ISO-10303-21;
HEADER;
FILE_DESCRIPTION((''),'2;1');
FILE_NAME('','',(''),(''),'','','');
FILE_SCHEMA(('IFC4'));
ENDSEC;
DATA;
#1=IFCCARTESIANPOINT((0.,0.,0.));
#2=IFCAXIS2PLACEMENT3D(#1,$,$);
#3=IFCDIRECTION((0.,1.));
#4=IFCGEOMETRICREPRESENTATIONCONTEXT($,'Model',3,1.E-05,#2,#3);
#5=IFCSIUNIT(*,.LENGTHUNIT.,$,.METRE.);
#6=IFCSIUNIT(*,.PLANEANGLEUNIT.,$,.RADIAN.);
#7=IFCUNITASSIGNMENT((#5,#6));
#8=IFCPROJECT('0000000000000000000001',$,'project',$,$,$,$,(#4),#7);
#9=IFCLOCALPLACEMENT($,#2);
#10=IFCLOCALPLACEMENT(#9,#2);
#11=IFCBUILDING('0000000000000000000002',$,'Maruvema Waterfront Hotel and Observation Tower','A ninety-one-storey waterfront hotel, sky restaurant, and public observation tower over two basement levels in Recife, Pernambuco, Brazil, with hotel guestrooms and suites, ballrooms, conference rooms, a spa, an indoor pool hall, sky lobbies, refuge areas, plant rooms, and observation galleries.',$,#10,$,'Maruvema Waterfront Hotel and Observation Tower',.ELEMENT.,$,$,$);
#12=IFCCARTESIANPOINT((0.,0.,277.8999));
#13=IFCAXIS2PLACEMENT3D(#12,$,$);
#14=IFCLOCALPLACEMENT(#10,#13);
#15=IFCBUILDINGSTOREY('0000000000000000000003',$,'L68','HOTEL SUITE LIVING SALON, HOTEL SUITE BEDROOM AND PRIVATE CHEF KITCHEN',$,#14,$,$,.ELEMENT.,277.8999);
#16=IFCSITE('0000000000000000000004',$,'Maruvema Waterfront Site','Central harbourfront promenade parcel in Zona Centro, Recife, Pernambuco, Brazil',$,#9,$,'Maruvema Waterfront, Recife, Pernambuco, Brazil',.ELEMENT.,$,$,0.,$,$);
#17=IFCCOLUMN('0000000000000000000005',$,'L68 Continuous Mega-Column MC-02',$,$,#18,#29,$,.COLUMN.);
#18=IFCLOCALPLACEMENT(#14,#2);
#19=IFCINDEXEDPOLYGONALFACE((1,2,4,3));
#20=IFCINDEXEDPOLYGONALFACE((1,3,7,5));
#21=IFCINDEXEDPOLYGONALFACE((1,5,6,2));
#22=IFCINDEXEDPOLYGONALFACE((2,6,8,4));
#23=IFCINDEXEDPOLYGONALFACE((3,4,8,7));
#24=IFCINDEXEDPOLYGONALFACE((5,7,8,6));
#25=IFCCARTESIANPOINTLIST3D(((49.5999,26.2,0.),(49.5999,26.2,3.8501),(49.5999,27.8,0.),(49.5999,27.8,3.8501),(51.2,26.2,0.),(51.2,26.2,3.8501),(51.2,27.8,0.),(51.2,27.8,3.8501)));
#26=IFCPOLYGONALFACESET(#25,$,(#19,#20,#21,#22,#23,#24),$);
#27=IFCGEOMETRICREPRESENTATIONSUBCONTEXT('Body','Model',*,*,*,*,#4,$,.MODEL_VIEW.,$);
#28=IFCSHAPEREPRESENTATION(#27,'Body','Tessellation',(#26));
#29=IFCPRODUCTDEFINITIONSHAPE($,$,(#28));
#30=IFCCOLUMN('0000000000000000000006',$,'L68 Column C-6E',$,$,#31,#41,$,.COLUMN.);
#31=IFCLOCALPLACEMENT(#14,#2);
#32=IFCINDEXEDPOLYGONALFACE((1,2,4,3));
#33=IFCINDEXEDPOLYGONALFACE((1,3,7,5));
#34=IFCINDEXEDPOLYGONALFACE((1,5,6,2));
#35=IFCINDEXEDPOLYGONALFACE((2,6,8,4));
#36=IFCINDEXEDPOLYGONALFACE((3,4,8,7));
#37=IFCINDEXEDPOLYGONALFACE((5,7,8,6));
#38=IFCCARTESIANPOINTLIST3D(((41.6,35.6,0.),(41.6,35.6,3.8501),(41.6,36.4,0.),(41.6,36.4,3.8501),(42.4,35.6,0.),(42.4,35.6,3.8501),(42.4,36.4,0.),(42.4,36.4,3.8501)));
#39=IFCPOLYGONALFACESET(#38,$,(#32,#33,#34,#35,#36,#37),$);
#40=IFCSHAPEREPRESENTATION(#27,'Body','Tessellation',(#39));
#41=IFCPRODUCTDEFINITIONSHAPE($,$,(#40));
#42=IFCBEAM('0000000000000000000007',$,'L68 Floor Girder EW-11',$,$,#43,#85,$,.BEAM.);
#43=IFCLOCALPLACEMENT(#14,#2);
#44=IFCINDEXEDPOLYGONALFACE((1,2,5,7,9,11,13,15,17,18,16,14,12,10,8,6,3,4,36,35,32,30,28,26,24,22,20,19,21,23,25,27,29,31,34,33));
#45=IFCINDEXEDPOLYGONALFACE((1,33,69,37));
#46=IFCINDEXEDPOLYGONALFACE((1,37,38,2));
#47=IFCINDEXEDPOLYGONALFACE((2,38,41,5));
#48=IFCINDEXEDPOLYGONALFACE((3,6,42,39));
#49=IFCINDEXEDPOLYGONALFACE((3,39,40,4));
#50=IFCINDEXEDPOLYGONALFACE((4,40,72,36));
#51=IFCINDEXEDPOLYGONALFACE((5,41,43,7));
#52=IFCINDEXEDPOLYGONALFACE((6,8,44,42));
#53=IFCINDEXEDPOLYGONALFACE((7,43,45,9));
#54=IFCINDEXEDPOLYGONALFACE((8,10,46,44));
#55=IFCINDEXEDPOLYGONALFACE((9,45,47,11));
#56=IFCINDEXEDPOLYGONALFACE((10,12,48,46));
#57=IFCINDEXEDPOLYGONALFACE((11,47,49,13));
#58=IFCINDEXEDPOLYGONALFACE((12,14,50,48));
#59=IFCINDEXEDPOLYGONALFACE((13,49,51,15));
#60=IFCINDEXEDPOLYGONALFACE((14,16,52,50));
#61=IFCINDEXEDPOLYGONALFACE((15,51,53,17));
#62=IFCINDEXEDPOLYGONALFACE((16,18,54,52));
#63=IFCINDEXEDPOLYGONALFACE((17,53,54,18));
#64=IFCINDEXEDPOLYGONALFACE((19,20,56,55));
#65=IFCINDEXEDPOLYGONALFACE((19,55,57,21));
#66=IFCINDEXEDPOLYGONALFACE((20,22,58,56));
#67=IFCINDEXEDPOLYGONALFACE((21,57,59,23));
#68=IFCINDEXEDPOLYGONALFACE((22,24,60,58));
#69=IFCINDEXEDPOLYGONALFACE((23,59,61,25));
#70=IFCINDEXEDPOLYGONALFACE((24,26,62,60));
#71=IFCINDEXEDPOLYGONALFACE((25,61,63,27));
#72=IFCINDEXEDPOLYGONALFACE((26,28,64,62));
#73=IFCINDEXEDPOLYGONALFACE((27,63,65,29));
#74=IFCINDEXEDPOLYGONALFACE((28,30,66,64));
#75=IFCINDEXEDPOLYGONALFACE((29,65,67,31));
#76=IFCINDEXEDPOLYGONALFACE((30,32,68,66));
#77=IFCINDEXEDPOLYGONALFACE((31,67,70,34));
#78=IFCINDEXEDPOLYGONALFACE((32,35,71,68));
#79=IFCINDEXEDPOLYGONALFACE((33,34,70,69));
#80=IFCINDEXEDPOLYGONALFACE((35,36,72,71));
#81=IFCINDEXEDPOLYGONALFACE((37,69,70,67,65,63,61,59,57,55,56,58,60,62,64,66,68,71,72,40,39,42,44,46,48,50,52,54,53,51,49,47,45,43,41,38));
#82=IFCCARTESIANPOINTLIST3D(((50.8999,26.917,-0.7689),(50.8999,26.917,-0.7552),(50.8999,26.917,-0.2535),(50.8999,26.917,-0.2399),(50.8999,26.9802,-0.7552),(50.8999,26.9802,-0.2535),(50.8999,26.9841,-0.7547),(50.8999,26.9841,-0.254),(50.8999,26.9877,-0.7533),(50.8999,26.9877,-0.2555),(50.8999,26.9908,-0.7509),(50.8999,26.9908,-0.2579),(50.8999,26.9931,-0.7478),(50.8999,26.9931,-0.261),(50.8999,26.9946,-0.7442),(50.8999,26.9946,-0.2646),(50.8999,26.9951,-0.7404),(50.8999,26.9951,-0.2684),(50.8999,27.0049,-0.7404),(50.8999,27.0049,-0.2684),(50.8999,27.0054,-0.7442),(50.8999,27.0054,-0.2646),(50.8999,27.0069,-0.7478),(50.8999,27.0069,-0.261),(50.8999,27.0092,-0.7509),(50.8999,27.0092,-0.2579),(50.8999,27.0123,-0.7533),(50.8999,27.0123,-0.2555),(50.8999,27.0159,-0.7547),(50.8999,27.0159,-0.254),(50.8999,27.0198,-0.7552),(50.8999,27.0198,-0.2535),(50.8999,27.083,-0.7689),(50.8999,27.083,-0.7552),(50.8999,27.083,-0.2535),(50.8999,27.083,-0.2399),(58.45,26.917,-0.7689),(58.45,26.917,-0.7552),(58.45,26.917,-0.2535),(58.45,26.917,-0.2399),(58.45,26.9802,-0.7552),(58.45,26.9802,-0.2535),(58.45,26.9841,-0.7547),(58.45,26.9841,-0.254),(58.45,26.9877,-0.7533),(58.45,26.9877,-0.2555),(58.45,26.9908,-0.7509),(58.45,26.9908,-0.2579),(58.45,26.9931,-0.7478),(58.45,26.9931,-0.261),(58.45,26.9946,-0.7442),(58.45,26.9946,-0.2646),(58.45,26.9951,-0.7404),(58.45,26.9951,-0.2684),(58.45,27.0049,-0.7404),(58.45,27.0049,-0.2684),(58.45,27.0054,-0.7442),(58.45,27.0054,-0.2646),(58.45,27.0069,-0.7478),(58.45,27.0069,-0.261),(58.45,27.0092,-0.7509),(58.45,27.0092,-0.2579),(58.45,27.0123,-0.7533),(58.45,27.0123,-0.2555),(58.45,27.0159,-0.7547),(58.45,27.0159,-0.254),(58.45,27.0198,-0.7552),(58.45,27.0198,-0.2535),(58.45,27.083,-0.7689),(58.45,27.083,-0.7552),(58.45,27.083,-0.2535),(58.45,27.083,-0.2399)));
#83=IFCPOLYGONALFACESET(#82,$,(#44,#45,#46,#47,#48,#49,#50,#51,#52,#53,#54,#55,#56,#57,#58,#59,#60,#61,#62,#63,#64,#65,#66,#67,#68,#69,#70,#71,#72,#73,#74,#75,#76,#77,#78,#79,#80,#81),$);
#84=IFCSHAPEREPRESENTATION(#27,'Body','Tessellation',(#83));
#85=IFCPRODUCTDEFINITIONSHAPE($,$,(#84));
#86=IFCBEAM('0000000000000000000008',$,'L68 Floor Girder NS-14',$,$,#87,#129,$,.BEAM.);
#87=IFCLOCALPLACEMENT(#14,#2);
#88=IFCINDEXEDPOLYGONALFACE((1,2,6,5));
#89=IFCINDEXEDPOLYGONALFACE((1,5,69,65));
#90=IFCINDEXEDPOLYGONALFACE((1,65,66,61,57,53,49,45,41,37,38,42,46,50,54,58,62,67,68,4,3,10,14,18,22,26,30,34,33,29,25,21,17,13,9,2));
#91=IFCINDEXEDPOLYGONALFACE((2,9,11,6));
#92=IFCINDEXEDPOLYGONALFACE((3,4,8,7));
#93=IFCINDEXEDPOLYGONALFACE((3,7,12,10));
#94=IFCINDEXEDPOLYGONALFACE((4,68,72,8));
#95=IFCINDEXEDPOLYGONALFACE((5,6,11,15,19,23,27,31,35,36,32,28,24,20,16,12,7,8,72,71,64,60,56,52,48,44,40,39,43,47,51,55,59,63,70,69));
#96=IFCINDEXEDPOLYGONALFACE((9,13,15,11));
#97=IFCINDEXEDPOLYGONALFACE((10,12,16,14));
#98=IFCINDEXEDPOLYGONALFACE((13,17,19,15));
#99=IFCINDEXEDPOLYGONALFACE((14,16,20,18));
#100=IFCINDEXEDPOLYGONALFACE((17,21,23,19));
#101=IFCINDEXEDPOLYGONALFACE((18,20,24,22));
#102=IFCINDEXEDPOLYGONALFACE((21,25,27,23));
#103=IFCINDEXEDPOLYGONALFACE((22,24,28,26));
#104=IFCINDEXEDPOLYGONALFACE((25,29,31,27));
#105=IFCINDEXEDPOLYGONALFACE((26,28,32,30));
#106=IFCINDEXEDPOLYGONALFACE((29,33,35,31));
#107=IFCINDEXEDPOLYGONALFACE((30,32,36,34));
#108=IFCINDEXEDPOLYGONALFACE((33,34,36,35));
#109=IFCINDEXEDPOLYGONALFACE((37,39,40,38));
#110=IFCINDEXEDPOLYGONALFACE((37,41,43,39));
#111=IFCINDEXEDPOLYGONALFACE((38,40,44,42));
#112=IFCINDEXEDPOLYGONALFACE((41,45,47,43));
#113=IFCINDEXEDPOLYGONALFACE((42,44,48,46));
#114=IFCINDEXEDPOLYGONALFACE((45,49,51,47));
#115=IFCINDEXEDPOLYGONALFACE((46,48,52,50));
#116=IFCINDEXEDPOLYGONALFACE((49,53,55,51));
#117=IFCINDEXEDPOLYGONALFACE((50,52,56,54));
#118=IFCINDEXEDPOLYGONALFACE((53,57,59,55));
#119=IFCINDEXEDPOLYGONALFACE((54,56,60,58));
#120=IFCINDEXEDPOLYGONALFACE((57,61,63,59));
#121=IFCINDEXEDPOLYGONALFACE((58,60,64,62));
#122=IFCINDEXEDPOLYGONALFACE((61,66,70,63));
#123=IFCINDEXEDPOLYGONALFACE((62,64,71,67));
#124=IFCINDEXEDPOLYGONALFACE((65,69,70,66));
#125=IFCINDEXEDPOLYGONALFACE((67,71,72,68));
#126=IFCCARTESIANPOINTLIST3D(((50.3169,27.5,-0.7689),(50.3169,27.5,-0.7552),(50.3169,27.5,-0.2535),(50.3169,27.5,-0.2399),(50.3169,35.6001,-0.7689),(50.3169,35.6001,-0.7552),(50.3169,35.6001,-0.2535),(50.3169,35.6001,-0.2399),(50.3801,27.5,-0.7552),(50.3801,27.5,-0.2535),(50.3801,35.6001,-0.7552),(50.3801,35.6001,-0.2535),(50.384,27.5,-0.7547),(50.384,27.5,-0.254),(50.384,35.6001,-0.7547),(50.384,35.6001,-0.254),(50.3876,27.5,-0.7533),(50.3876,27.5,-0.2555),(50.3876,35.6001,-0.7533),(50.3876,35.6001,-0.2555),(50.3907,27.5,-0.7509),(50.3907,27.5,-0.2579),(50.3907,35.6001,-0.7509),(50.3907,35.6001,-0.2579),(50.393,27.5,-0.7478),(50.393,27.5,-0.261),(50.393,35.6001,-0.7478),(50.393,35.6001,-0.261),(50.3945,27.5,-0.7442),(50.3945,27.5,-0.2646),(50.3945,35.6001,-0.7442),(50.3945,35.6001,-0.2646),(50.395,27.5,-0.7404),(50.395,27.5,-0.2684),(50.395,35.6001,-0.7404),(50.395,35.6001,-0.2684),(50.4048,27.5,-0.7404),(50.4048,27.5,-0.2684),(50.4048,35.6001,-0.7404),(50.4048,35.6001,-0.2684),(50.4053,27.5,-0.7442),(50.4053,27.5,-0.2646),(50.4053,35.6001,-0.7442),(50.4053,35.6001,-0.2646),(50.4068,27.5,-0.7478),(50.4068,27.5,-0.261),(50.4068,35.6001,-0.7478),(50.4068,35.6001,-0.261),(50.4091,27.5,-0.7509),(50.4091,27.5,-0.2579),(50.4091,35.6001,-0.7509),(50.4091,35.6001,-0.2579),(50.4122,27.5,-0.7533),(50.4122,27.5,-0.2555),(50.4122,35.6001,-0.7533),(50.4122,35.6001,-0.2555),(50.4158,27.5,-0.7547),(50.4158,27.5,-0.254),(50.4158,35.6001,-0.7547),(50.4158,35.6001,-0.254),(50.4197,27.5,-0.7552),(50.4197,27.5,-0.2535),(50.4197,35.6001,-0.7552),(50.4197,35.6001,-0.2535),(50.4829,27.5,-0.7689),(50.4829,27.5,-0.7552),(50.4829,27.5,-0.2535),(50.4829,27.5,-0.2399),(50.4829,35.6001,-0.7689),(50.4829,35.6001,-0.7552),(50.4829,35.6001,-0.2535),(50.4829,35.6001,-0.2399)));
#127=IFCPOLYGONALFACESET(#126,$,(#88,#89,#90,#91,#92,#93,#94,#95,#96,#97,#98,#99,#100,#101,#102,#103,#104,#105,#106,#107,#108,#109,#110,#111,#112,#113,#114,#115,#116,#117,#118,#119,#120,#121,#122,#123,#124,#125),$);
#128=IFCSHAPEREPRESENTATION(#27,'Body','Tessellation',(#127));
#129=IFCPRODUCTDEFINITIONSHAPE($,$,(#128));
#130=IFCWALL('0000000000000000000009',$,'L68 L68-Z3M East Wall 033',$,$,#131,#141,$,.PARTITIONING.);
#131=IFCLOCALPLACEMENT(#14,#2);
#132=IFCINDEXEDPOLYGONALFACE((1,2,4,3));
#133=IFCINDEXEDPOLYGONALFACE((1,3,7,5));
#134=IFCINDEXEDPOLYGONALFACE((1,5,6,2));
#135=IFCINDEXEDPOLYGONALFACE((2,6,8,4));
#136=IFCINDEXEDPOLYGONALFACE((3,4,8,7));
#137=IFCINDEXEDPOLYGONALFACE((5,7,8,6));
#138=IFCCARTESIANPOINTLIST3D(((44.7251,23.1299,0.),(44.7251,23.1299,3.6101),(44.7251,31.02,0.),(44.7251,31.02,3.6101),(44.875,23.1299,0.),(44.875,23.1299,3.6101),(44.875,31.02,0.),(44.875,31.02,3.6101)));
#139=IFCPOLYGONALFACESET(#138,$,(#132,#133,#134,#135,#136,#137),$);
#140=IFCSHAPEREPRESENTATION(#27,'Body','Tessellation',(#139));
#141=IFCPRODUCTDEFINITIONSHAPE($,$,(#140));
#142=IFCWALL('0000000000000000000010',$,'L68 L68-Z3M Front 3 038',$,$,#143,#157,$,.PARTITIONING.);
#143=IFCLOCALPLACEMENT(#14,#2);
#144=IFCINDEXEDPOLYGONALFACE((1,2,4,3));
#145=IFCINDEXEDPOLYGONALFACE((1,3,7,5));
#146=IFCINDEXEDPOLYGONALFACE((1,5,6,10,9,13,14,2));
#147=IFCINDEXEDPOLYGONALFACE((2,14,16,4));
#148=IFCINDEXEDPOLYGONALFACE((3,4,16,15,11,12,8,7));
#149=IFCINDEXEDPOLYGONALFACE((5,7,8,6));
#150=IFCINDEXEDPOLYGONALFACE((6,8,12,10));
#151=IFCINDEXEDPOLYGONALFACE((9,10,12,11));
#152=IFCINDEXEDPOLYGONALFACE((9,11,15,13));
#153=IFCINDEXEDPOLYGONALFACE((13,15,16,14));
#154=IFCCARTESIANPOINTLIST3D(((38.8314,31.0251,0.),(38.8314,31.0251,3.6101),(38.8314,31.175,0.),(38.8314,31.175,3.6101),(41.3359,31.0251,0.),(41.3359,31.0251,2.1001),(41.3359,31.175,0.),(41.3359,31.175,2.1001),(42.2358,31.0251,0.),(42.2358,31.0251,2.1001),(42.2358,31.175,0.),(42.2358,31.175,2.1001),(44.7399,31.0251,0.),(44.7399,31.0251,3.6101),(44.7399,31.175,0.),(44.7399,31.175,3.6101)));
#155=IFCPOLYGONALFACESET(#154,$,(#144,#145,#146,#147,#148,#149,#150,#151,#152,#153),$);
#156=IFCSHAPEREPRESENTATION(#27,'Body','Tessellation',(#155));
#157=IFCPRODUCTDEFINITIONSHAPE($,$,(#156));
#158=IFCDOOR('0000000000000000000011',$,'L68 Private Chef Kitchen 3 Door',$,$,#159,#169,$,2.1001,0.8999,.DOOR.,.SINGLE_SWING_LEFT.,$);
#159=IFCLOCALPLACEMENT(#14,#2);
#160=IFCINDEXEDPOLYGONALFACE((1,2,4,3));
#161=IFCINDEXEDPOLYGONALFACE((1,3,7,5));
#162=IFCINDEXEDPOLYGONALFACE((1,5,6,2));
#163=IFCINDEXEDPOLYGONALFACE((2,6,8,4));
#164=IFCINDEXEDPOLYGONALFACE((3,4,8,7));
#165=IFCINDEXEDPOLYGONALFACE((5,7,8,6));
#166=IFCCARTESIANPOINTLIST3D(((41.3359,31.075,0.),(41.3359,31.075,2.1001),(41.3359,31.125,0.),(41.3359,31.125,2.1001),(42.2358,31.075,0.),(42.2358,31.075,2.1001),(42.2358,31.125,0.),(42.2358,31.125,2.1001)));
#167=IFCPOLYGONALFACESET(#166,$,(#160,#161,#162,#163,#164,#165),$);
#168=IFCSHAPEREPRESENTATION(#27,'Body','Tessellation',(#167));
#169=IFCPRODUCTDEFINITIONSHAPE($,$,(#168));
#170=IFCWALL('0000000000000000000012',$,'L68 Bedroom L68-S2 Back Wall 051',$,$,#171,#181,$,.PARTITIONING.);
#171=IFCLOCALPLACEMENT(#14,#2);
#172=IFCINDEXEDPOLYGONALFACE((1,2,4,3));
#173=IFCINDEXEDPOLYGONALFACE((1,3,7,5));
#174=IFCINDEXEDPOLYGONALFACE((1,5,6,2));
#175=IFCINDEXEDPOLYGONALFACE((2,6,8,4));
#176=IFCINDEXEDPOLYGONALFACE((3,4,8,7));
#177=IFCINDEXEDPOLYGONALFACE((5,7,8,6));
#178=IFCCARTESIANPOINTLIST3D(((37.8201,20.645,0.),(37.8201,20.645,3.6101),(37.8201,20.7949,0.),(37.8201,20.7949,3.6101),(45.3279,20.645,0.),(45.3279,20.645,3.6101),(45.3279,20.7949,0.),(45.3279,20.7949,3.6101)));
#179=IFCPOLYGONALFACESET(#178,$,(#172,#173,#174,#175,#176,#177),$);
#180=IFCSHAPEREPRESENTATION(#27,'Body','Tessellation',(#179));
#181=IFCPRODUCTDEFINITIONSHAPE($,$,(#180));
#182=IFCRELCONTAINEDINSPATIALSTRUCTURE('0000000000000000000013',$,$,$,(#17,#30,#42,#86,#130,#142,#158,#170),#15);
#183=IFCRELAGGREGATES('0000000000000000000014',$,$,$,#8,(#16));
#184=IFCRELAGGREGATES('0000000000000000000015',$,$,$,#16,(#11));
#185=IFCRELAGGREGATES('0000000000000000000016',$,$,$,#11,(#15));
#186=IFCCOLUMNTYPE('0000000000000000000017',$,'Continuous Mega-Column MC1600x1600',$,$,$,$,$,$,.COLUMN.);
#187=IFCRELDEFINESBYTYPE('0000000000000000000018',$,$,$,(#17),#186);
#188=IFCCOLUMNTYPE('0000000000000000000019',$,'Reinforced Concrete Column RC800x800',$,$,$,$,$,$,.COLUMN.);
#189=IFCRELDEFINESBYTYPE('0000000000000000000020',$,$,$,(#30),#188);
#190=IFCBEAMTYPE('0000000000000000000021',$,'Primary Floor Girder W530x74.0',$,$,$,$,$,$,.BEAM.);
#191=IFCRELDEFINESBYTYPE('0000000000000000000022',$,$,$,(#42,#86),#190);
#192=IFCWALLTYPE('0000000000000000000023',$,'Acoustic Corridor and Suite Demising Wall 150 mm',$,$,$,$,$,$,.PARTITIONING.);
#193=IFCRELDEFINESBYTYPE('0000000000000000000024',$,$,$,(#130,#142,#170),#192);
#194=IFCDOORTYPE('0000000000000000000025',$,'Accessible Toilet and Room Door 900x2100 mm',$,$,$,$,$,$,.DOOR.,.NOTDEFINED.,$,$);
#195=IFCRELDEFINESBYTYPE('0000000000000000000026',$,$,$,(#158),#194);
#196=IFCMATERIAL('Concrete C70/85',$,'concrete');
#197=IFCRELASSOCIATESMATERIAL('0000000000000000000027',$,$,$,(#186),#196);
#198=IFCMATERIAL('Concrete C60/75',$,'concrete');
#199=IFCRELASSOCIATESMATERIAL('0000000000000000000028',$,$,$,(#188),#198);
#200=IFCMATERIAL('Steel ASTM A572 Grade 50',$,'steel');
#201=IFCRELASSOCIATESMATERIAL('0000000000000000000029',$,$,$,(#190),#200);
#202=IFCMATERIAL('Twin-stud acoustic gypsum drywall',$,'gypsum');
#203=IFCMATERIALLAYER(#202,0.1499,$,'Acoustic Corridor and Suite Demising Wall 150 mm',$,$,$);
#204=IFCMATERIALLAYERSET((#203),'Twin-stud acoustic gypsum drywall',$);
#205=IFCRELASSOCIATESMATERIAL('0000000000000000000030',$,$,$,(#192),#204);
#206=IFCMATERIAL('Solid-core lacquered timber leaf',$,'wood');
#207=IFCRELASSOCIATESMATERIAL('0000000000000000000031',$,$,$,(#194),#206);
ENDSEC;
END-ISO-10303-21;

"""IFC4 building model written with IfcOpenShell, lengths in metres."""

from ifc_helpers import new_model, si_unit, direction, frame, frame_2d, origin, origin_2d, place, context, subcontext, project, spatial, rectangle, i_section, extrude, material, layer, layer_set, material_profile, profile_set, type_object, element, fill, save


model = new_model("IFC4")

# Units and contexts
model_context = context("Model", 3, precision=1e-05, world=origin(), true_north=direction((0.0, 1.0)))
body_context = subcontext(model_context, "Body", "Model", "MODEL_VIEW")
ifc_project = project(units=[si_unit("LENGTHUNIT", "METRE"), si_unit("PLANEANGLEUNIT", "RADIAN")], contexts=[model_context])

# Site, building, storey
site_placement = place(None, origin())
site = spatial("IfcSite", under=ifc_project, at=site_placement, Name="Maruvema Waterfront Site", Description="Central harbourfront promenade parcel in Zona Centro, Recife, Pernambuco, Brazil", LongName="Maruvema Waterfront, Recife, Pernambuco, Brazil", CompositionType="ELEMENT", RefElevation=0.0)
building_placement = place(site_placement, origin())
building = spatial("IfcBuilding", under=site, at=building_placement, Name="Maruvema Waterfront Hotel and Observation Tower", Description="A ninety-one-storey waterfront hotel, sky restaurant, and public observation tower over two basement levels in Recife, Pernambuco, Brazil, with hotel guestrooms and suites, ballrooms, conference rooms, a spa, an indoor pool hall, sky lobbies, refuge areas, plant rooms, and observation galleries.", LongName="Maruvema Waterfront Hotel and Observation Tower", CompositionType="ELEMENT")
storey_placement = place(building_placement, frame((0.0, 0.0, 277.8999)))
storey = spatial("IfcBuildingStorey", under=building, at=storey_placement, Name="L68", Description="HOTEL SUITE LIVING SALON, HOTEL SUITE BEDROOM AND PRIVATE CHEF KITCHEN", CompositionType="ELEMENT", Elevation=277.8999)

# Columns
ifc_material_1 = material(Name="Concrete C70/85", Category="concrete")
ifc_material_profile_1 = material_profile(ifc_material_1, rectangle(XDim=1.6001, YDim=1.6001, at=origin_2d()), Name="MC1600x1600")
ifc_profile_set_1 = profile_set([ifc_material_profile_1], Name="Concrete C70/85")
column_type_1 = type_object("IfcColumnType", Name="Continuous Mega-Column MC1600x1600", PredefinedType="COLUMN", material=ifc_profile_set_1)
column_1_placement = place(storey_placement, frame((50.3999, 27.0, 0.0), z_axis=(0.0, 0.0, 1.0), x_axis=(1.0, 0.0, 0.0)))
element("IfcColumn", 1, at=column_1_placement, inside=storey, type_object=column_type_1, Name="L68 Continuous Mega-Column MC-02", PredefinedType="COLUMN", context=body_context, shape_type="SweptSolid", body=[
    extrude(rectangle(XDim=1.6001, YDim=1.6001, at=origin_2d()), origin(), (0.0, 0.0, 1.0), 3.8501),
])
ifc_material_2 = material(Name="Concrete C60/75", Category="concrete")
ifc_material_profile_2 = material_profile(ifc_material_2, rectangle(XDim=0.8, YDim=0.8, at=origin_2d()), Name="RC800x800")
ifc_profile_set_2 = profile_set([ifc_material_profile_2], Name="Concrete C60/75")
column_type_2 = type_object("IfcColumnType", Name="Reinforced Concrete Column RC800x800", PredefinedType="COLUMN", material=ifc_profile_set_2)
column_2_placement = place(storey_placement, frame((42.0, 36.0, 0.0), z_axis=(0.0, 0.0, 1.0), x_axis=(1.0, 0.0, 0.0)))
element("IfcColumn", 2, at=column_2_placement, inside=storey, type_object=column_type_2, Name="L68 Column C-6E", PredefinedType="COLUMN", context=body_context, shape_type="SweptSolid", body=[
    extrude(rectangle(XDim=0.8, YDim=0.8, at=origin_2d()), origin(), (0.0, 0.0, 1.0), 3.8501),
])

# Beams
ifc_material_3 = material(Name="Steel ASTM A572 Grade 50", Category="steel")
ifc_material_profile_3 = material_profile(ifc_material_3, i_section(OverallWidth=0.166, OverallDepth=0.5291, WebThickness=0.0098, FlangeThickness=0.0137, FilletRadius=0.0149, at=origin_2d()), Name="W530x74.0")
ifc_profile_set_3 = profile_set([ifc_material_profile_3], Name="Steel ASTM A572 Grade 50")
beam_type = type_object("IfcBeamType", Name="Primary Floor Girder W530x74.0", PredefinedType="BEAM", material=ifc_profile_set_3)
beam_1_placement = place(storey_placement, frame((50.8999, 27.0, -0.5044), z_axis=(1.0, 0.0, 0.0), x_axis=(0.0, 1.0, 0.0)))
element("IfcBeam", 3, at=beam_1_placement, inside=storey, type_object=beam_type, Name="L68 Floor Girder EW-11", PredefinedType="BEAM", context=body_context, shape_type="SweptSolid", body=[
    extrude(i_section(OverallWidth=0.166, OverallDepth=0.5291, WebThickness=0.0098, FlangeThickness=0.0137, FilletRadius=0.0149, at=origin_2d()), origin(), (0.0, 0.0, 1.0), 7.55),
])
beam_2_placement = place(storey_placement, frame((50.3999, 27.5, -0.5044), z_axis=(0.0, 1.0, 0.0), x_axis=(-1.0, 0.0, 0.0)))
element("IfcBeam", 4, at=beam_2_placement, inside=storey, type_object=beam_type, Name="L68 Floor Girder NS-14", PredefinedType="BEAM", context=body_context, shape_type="SweptSolid", body=[
    extrude(i_section(OverallWidth=0.166, OverallDepth=0.5291, WebThickness=0.0098, FlangeThickness=0.0137, FilletRadius=0.0149, at=origin_2d()), origin(), (0.0, 0.0, 1.0), 8.1001),
])

# Wall
ifc_material_4 = material(Name="Twin-stud acoustic gypsum drywall", Category="gypsum")
ifc_layer_1 = layer(ifc_material_4, 0.1499, Name="Acoustic Corridor and Suite Demising Wall 150 mm")
ifc_layer_set_1 = layer_set([ifc_layer_1], Name="Twin-stud acoustic gypsum drywall")
wall_type_1 = type_object("IfcWallType", Name="Acoustic Corridor and Suite Demising Wall 150 mm", PredefinedType="PARTITIONING", material=ifc_layer_set_1)
wall_1_placement = place(storey_placement, frame((44.8, 23.1299, 0.0), z_axis=(0.0, 0.0, 1.0), x_axis=(0.0, 1.0, 0.0)))
element("IfcWall", 5, at=wall_1_placement, inside=storey, type_object=wall_type_1, Name="L68 L68-Z3M East Wall 033", PredefinedType="PARTITIONING", context=body_context, shape_type="SweptSolid", body=[
    extrude(rectangle(XDim=7.8901, YDim=0.1499, at=frame_2d((3.9451, 0.0))), origin(), (0.0, 0.0, 1.0), 3.6101),
])

# Wall, opening, door
wall_2_placement = place(storey_placement, frame((38.8315, 31.1001, 0.0), z_axis=(0.0, 0.0, 1.0), x_axis=(1.0, 0.0, 0.0)))
wall_2 = element("IfcWall", 6, at=wall_2_placement, inside=storey, type_object=wall_type_1, Name="L68 L68-Z3M Front 3 038", PredefinedType="PARTITIONING", context=body_context, shape_type="SweptSolid", body=[
    extrude(rectangle(XDim=5.9084, YDim=0.1499, at=frame_2d((2.9541, 0.0))), origin(), (0.0, 0.0, 1.0), 3.6101),
])
opening_1_placement = place(wall_2_placement, frame((2.5044, 0.0, 0.0)))
opening_1 = element("IfcOpeningElement", 7, at=opening_1_placement, cuts=wall_2, PredefinedType="OPENING", context=body_context, shape_type="SweptSolid", body=[
    extrude(rectangle(XDim=0.8999, YDim=2.1001, at=frame_2d((0.45, 1.05))), frame((0.0, 0.085, 0.0), z_axis=(0.0, -1.0, 0.0), x_axis=(1.0, 0.0, 0.0)), (0.0, 0.0, 1.0), 0.1699),
])
ifc_material_5 = material(Name="Solid-core lacquered timber leaf", Category="wood")
door_type_1 = type_object("IfcDoorType", Name="Accessible Toilet and Room Door 900x2100 mm", OperationType="NOTDEFINED", PredefinedType="DOOR", material=ifc_material_5)
door_1_placement = place(opening_1_placement, origin())
door_1 = element("IfcDoor", 8, at=door_1_placement, inside=storey, type_object=door_type_1, Name="L68 Private Chef Kitchen 3 Door", OperationType="SINGLE_SWING_LEFT", OverallHeight=2.1001, OverallWidth=0.8999, PredefinedType="DOOR", context=body_context, shape_type="SweptSolid", body=[
    extrude(rectangle(XDim=0.8999, YDim=2.1001, at=frame_2d((0.45, 1.05))), frame((0.0, 0.0249, 0.0), z_axis=(0.0, -1.0, 0.0), x_axis=(1.0, 0.0, 0.0)), (0.0, 0.0, 1.0), 0.05),
])
fill(opening_1, door_1)

# Wall
wall_3_placement = place(storey_placement, frame((37.8201, 20.72, 0.0), z_axis=(0.0, 0.0, 1.0), x_axis=(1.0, 0.0, 0.0)))
element("IfcWall", 9, at=wall_3_placement, inside=storey, type_object=wall_type_1, Name="L68 Bedroom L68-S2 Back Wall 051", PredefinedType="PARTITIONING", context=body_context, shape_type="SweptSolid", body=[
    extrude(rectangle(XDim=7.5078, YDim=0.1499, at=frame_2d((3.7539, 0.0))), origin(), (0.0, 0.0, 1.0), 3.6101),
])

save(model, "model.ifc")
